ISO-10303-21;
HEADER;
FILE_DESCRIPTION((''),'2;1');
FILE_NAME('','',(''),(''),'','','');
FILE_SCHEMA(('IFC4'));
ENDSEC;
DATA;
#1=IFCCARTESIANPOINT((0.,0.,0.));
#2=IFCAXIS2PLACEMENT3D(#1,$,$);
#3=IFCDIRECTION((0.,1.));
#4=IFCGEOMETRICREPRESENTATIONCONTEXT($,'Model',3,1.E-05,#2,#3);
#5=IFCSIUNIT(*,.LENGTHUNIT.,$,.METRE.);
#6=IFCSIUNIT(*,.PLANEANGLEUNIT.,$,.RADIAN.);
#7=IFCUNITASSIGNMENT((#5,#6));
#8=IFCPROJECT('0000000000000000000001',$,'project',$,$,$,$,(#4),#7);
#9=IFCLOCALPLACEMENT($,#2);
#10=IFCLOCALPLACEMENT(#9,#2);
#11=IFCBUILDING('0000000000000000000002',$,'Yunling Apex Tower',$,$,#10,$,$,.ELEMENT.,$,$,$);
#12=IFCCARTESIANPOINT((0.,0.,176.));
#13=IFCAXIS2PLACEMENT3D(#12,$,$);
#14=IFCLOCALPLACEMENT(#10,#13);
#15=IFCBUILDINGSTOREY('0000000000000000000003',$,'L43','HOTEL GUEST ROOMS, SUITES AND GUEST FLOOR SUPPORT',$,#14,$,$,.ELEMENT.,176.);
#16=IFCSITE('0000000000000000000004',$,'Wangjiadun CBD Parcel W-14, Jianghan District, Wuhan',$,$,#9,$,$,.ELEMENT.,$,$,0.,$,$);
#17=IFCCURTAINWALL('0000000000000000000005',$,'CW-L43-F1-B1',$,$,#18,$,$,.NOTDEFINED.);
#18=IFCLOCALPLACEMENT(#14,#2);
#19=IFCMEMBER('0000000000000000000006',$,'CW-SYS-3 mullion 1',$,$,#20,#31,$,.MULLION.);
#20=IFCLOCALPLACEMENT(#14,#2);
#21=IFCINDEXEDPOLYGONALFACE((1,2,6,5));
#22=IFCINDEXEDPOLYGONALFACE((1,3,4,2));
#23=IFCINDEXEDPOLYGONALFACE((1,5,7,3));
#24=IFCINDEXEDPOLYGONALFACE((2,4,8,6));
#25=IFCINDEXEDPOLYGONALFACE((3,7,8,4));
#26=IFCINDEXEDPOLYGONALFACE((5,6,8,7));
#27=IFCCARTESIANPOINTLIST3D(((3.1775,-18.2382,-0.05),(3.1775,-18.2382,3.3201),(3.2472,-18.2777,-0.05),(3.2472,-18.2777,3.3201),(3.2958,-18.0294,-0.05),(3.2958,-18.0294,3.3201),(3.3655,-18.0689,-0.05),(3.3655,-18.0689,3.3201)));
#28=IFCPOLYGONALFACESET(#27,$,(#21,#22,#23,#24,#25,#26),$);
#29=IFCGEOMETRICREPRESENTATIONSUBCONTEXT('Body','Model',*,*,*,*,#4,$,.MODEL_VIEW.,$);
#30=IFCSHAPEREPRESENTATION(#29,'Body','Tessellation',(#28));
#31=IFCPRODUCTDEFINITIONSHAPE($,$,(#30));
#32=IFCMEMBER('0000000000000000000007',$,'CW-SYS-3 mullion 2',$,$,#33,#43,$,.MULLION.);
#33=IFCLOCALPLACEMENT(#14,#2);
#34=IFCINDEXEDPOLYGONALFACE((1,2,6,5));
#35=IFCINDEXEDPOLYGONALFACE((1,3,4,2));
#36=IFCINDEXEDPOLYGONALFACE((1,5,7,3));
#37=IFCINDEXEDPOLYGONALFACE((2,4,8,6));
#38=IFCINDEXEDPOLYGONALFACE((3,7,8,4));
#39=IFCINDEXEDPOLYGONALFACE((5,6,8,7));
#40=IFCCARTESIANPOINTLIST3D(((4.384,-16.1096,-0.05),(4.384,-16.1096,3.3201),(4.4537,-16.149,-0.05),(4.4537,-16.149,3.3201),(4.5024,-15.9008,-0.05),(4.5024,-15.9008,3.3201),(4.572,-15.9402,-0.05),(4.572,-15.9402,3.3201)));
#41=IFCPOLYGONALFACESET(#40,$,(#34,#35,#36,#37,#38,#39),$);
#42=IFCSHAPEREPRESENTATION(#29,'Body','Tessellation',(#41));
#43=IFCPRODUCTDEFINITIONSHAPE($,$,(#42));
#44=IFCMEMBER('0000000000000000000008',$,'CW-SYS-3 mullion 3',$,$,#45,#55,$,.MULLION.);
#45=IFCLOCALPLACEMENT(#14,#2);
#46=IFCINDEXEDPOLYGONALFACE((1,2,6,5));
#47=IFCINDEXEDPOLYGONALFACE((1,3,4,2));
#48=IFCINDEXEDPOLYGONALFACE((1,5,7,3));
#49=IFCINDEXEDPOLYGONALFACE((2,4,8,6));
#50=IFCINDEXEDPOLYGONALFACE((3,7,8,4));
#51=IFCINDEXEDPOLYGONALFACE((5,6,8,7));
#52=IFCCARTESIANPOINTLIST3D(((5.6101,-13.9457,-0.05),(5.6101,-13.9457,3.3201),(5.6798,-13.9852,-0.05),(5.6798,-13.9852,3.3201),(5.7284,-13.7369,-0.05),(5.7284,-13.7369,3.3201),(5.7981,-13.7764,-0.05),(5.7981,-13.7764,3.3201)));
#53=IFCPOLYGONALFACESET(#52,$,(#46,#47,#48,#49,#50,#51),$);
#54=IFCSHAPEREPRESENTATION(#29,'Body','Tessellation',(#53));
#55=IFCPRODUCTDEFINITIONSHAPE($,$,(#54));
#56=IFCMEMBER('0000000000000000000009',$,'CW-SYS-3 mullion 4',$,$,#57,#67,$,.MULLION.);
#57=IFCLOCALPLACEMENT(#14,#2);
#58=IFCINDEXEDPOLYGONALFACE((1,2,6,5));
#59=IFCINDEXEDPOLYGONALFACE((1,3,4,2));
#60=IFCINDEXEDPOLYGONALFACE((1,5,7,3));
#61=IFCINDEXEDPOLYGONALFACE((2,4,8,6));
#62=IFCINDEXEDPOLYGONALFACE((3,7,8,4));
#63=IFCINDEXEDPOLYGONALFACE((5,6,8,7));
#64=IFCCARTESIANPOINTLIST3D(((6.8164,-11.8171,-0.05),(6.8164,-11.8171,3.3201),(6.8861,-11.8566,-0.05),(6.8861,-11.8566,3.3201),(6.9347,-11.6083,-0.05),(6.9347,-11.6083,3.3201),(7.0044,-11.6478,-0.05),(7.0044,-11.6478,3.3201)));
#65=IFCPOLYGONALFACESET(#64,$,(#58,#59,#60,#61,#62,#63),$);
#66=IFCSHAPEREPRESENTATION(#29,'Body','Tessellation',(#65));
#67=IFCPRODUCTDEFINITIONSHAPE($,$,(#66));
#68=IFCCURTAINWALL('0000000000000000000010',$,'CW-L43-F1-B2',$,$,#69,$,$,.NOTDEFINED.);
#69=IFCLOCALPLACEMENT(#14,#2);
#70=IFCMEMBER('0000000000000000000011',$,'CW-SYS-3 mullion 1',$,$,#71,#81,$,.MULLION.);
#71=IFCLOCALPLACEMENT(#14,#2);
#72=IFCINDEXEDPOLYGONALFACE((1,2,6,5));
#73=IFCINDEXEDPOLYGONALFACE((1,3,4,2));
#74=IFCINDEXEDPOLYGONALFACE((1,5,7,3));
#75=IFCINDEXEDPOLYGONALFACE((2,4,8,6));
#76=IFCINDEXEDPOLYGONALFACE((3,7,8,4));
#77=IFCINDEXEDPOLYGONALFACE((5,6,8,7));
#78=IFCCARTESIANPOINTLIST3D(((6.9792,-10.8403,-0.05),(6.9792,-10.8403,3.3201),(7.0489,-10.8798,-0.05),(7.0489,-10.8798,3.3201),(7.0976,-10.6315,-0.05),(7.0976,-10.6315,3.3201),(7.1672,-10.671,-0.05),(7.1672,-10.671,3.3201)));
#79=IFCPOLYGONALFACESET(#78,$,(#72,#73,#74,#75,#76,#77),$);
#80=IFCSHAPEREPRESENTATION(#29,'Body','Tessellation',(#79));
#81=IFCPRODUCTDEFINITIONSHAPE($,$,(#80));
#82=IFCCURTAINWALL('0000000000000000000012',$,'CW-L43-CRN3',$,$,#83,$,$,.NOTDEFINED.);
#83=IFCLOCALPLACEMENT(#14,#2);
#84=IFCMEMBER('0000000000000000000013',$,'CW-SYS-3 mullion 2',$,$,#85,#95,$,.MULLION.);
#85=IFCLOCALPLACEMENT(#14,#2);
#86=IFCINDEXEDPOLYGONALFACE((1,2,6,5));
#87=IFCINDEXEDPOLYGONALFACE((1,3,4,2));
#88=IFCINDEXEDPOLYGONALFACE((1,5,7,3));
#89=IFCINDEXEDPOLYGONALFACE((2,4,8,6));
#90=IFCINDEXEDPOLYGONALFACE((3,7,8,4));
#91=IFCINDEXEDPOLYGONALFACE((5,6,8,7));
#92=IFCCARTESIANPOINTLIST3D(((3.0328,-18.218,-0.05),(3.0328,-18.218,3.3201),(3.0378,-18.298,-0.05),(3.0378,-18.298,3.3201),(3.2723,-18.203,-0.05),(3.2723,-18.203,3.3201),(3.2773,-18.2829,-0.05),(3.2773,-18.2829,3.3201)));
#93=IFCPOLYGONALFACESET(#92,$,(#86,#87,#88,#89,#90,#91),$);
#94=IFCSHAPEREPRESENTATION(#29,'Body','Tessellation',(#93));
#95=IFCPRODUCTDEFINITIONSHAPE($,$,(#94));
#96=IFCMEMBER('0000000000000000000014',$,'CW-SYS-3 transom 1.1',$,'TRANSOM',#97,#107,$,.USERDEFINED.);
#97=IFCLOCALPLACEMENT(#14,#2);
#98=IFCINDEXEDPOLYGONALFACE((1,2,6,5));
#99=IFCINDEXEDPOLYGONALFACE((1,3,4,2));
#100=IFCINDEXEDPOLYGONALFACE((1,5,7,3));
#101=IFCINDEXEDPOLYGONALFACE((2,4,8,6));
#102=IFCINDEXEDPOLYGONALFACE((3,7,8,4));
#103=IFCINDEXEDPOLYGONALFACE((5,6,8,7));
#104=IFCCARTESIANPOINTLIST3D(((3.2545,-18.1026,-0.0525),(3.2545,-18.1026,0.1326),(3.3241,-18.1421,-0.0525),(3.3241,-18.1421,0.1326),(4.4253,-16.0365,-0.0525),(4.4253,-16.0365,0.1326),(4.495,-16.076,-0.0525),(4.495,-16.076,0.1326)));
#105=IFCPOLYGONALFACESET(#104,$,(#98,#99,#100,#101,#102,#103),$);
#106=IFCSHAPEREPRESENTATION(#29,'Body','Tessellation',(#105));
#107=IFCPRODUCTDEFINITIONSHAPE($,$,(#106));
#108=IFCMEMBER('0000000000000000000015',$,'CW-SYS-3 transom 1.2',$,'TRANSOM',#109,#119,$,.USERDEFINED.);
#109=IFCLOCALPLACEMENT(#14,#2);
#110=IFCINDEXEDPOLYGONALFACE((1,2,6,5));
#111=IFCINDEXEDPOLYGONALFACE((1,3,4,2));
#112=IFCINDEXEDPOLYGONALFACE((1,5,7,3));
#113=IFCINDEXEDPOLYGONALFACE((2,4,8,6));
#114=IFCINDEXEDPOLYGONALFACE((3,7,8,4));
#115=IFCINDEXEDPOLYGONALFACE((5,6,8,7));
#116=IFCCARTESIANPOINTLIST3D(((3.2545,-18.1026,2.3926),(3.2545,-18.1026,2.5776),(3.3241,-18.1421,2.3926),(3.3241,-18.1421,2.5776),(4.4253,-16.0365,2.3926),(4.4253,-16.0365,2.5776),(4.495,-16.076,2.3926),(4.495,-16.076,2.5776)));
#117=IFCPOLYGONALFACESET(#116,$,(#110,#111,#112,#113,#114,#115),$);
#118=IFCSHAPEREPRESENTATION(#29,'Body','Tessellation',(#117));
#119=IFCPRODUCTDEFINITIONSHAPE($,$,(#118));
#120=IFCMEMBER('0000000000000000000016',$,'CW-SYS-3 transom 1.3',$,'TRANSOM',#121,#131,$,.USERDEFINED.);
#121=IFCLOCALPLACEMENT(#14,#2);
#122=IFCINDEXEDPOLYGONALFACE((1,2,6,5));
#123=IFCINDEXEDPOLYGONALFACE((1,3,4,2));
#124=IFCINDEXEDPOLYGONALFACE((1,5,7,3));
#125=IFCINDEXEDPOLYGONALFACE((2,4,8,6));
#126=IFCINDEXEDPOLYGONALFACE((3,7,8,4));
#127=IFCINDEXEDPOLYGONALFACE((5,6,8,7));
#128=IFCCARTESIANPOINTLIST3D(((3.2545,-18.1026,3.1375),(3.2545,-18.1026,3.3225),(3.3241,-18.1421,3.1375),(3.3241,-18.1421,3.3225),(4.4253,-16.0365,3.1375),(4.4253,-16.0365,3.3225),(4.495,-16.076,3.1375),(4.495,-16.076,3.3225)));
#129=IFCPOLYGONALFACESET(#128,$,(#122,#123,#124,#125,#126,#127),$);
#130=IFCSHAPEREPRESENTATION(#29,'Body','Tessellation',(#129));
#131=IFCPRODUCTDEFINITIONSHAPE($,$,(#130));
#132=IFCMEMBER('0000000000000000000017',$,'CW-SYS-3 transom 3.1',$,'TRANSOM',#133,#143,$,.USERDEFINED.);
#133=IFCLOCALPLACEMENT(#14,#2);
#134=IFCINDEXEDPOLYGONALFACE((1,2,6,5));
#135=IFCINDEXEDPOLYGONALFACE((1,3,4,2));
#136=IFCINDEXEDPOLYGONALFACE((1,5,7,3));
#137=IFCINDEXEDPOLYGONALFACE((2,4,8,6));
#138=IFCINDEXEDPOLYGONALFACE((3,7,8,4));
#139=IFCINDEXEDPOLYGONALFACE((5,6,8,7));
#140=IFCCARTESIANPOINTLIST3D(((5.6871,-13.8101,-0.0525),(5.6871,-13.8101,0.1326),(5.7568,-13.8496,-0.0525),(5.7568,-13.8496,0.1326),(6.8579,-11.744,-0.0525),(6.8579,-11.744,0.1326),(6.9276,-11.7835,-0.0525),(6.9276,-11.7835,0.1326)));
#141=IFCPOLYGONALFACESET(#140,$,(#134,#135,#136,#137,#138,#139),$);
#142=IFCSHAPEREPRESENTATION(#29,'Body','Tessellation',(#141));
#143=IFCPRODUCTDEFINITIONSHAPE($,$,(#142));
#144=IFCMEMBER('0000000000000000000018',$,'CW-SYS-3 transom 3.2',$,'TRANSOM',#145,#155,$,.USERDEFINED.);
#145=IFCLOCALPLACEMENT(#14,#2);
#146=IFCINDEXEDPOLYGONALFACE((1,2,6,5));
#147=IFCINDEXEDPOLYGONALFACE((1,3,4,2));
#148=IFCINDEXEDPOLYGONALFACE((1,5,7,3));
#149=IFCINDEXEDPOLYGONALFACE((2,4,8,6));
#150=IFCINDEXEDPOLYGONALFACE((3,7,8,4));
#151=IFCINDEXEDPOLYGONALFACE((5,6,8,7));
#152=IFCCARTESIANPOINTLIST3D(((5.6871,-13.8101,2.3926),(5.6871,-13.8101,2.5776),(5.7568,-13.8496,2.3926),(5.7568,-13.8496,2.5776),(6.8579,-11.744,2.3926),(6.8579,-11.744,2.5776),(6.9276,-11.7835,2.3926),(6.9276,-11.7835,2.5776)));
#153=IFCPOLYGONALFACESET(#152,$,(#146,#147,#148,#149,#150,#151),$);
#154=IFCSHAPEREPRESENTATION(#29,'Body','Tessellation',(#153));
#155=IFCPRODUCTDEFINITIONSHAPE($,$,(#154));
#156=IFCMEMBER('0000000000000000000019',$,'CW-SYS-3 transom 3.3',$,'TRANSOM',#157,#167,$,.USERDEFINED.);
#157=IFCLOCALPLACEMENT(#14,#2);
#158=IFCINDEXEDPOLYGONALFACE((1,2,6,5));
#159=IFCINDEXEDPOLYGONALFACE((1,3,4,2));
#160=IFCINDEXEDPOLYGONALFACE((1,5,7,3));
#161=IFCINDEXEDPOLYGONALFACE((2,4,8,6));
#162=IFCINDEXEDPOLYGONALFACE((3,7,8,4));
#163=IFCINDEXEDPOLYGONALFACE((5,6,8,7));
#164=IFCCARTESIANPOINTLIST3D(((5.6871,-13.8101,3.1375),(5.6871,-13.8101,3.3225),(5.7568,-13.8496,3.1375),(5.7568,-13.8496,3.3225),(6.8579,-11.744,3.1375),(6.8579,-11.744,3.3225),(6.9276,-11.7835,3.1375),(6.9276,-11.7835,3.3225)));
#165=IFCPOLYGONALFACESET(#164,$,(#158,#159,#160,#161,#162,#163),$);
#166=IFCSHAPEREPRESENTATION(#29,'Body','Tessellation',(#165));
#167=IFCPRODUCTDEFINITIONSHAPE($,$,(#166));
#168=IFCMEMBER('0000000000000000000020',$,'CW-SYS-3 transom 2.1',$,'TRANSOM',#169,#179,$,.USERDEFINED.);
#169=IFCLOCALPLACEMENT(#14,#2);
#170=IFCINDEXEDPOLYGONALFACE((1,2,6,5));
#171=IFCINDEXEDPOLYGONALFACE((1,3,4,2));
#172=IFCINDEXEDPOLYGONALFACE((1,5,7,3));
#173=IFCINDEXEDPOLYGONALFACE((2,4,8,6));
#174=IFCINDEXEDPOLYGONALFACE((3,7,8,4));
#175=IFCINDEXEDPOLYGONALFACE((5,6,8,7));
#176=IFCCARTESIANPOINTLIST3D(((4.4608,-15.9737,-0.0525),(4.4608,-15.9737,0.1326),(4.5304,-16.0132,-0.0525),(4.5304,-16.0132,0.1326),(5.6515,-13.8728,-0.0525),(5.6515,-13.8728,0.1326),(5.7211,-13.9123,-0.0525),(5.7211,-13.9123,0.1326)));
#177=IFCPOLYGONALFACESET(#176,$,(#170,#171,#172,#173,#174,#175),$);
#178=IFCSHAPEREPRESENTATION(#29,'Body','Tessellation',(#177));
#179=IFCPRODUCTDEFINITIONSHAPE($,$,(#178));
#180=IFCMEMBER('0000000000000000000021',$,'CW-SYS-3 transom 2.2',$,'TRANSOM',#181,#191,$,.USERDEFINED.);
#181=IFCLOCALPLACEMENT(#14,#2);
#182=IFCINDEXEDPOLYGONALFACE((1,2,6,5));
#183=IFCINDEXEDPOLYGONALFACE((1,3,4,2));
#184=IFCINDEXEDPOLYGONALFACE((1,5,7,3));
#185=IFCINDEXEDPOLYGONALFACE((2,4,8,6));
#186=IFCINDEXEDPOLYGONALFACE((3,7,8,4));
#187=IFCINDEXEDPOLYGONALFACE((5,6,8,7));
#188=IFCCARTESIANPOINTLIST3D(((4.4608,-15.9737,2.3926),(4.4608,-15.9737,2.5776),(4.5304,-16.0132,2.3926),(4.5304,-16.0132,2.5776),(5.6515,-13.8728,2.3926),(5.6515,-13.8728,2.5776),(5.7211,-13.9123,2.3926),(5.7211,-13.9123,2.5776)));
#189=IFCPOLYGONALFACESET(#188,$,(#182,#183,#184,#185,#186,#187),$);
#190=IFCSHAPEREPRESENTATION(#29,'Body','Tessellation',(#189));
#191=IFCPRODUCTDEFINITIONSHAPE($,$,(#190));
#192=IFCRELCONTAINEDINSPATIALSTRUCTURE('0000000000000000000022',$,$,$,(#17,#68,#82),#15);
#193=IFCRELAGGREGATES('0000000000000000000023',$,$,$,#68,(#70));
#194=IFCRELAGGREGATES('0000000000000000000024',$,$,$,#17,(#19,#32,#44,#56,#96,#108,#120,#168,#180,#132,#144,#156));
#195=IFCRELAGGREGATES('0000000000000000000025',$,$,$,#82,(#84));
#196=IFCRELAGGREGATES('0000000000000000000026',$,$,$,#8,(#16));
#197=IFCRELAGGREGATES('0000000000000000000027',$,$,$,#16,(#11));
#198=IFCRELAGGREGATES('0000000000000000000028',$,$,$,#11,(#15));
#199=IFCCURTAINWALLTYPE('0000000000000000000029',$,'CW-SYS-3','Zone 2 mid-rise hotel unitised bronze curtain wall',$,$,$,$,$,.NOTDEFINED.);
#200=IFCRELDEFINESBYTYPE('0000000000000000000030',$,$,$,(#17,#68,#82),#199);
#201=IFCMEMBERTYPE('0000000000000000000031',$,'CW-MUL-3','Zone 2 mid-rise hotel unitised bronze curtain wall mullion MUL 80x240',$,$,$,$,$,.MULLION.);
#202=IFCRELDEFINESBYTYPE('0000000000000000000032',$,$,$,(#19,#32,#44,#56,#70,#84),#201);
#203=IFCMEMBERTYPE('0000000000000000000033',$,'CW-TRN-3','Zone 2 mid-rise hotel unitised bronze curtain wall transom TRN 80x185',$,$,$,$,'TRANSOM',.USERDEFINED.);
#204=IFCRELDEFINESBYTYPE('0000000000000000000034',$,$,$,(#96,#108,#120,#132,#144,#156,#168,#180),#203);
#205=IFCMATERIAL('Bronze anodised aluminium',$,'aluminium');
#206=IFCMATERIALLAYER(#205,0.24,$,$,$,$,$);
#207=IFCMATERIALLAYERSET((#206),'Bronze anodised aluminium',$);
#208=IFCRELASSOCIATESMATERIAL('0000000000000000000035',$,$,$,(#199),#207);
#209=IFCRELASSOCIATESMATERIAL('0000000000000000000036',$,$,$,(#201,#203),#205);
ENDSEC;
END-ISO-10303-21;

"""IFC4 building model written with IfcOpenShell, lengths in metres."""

from ifc_helpers import new_model, si_unit, direction, frame, origin, origin_2d, place, context, subcontext, project, spatial, rectangle, extrude, source, transform, mapped, material, layer, layer_set, material_profile, profile_set, type_object, element, aggregate, save


model = new_model("IFC4")

# Units and contexts
model_context = context("Model", 3, precision=1e-05, world=origin(), true_north=direction((0.0, 1.0)))
body_context = subcontext(model_context, "Body", "Model", "MODEL_VIEW")
ifc_project = project(units=[si_unit("LENGTHUNIT", "METRE"), si_unit("PLANEANGLEUNIT", "RADIAN")], contexts=[model_context])

# Site, building, storey
site_placement = place(None, origin())
site = spatial("IfcSite", under=ifc_project, at=site_placement, Name="Wangjiadun CBD Parcel W-14, Jianghan District, Wuhan", CompositionType="ELEMENT", RefElevation=0.0)
building_placement = place(site_placement, origin())
building = spatial("IfcBuilding", under=site, at=building_placement, Name="Yunling Apex Tower", CompositionType="ELEMENT")
storey_placement = place(building_placement, frame((0.0, 0.0, 176.0)))
storey = spatial("IfcBuildingStorey", under=building, at=storey_placement, Name="L43", Description="HOTEL GUEST ROOMS, SUITES AND GUEST FLOOR SUPPORT", CompositionType="ELEMENT", Elevation=176.0)

# Curtain wall, members
ifc_material_1 = material(Name="Bronze anodised aluminium", Category="aluminium")
ifc_layer_1 = layer(ifc_material_1, 0.24)
ifc_layer_set_1 = layer_set([ifc_layer_1], Name="Bronze anodised aluminium")
curtain_wall_type = type_object("IfcCurtainWallType", Name="CW-SYS-3", Description="Zone 2 mid-rise hotel unitised bronze curtain wall", PredefinedType="NOTDEFINED", material=ifc_layer_set_1)
curtain_wall_1_placement = place(storey_placement, origin())
curtain_wall_1 = element("IfcCurtainWall", 1, at=curtain_wall_1_placement, inside=storey, type_object=curtain_wall_type, Name="CW-L43-F1-B1", PredefinedType="NOTDEFINED")
ifc_material_profile_1 = material_profile(ifc_material_1, rectangle(XDim=0.0801, YDim=0.24, at=origin_2d()))
ifc_profile_set_1 = profile_set([ifc_material_profile_1], Name="Bronze anodised aluminium")
member_type_1 = type_object("IfcMemberType", Name="CW-MUL-3", Description="Zone 2 mid-rise hotel unitised bronze curtain wall mullion MUL 80x240", PredefinedType="MULLION", material=ifc_profile_set_1)
shared_shape_1 = source(origin(), body_context, "Body", "SweptSolid", [
    extrude(rectangle(XDim=0.0801, YDim=0.24, at=origin_2d()), origin(), (0.0, 0.0, 1.0), 3.3701),
])
member_1_placement = place(storey_placement, frame((3.2715, -18.1536, -0.05), z_axis=(0.0, 0.0, 1.0), x_axis=(-0.870006, 0.493041, 0.0)))
member_1 = element("IfcMember", 2, at=member_1_placement, type_object=member_type_1, Name="CW-SYS-3 mullion 1", PredefinedType="MULLION", context=body_context, shape_type="MappedRepresentation", body=[
    mapped(shared_shape_1, transform((0.0, 0.0, 0.0), scale=1.0)),
])
member_2_placement = place(storey_placement, frame((4.478, -16.0249, -0.05), z_axis=(0.0, 0.0, 1.0), x_axis=(-0.870006, 0.493041, 0.0)))
member_2 = element("IfcMember", 3, at=member_2_placement, type_object=member_type_1, Name="CW-SYS-3 mullion 2", PredefinedType="MULLION", context=body_context, shape_type="MappedRepresentation", body=[
    mapped(shared_shape_1, transform((0.0, 0.0, 0.0), scale=1.0)),
])
member_3_placement = place(storey_placement, frame((5.7041, -13.8611, -0.05), z_axis=(0.0, 0.0, 1.0), x_axis=(-0.870006, 0.493041, 0.0)))
member_3 = element("IfcMember", 4, at=member_3_placement, type_object=member_type_1, Name="CW-SYS-3 mullion 3", PredefinedType="MULLION", context=body_context, shape_type="MappedRepresentation", body=[
    mapped(shared_shape_1, transform((0.0, 0.0, 0.0), scale=1.0)),
])
member_4_placement = place(storey_placement, frame((6.9104, -11.7324, -0.05), z_axis=(0.0, 0.0, 1.0), x_axis=(-0.870006, 0.493041, 0.0)))
member_4 = element("IfcMember", 5, at=member_4_placement, type_object=member_type_1, Name="CW-SYS-3 mullion 4", PredefinedType="MULLION", context=body_context, shape_type="MappedRepresentation", body=[
    mapped(shared_shape_1, transform((0.0, 0.0, 0.0), scale=1.0)),
])

# Curtain walls, members
curtain_wall_2_placement = place(storey_placement, origin())
curtain_wall_2 = element("IfcCurtainWall", 6, at=curtain_wall_2_placement, inside=storey, type_object=curtain_wall_type, Name="CW-L43-F1-B2", PredefinedType="NOTDEFINED")
member_5_placement = place(storey_placement, frame((7.0732, -10.7556, -0.05), z_axis=(0.0, 0.0, 1.0), x_axis=(-0.870003, 0.493047, 0.0)))
member_5 = element("IfcMember", 7, at=member_5_placement, type_object=member_type_1, Name="CW-SYS-3 mullion 1", PredefinedType="MULLION", context=body_context, shape_type="MappedRepresentation", body=[
    mapped(shared_shape_1, transform((0.0, 0.0, 0.0), scale=1.0)),
])
curtain_wall_3_placement = place(storey_placement, origin())
curtain_wall_3 = element("IfcCurtainWall", 8, at=curtain_wall_3_placement, inside=storey, type_object=curtain_wall_type, Name="CW-L43-CRN3", PredefinedType="NOTDEFINED")
member_6_placement = place(storey_placement, frame((3.155, -18.2505, -0.05), z_axis=(0.0, 0.0, 1.0), x_axis=(-0.062672, 0.998034, 0.0)))
member_6 = element("IfcMember", 9, at=member_6_placement, type_object=member_type_1, Name="CW-SYS-3 mullion 2", PredefinedType="MULLION", context=body_context, shape_type="MappedRepresentation", body=[
    mapped(shared_shape_1, transform((0.0, 0.0, 0.0), scale=1.0)),
])

# Members
ifc_material_profile_2 = material_profile(ifc_material_1, rectangle(XDim=0.0801, YDim=0.1851, at=origin_2d()))
ifc_profile_set_2 = profile_set([ifc_material_profile_2], Name="Bronze anodised aluminium")
member_type_2 = type_object("IfcMemberType", Name="CW-TRN-3", Description="Zone 2 mid-rise hotel unitised bronze curtain wall transom TRN 80x185", ElementType="TRANSOM", PredefinedType="USERDEFINED", material=ifc_profile_set_2)
shared_shape_2 = source(origin(), body_context, "Body", "SweptSolid", [
    extrude(rectangle(XDim=0.0801, YDim=0.1851, at=origin_2d()), origin(), (0.0, 0.0, 1.0), 2.3748),
])
member_7_placement = place(storey_placement, frame((3.2893, -18.1223, 0.04), z_axis=(0.493036, 0.870009, 0.0), x_axis=(-0.870009, 0.493036, 0.0)))
member_7 = element("IfcMember", 10, at=member_7_placement, type_object=member_type_2, Name="CW-SYS-3 transom 1.1", ObjectType="TRANSOM", PredefinedType="USERDEFINED", context=body_context, shape_type="MappedRepresentation", body=[
    mapped(shared_shape_2, transform((0.0, 0.0, 0.0), scale=1.0)),
])
member_8_placement = place(storey_placement, frame((3.2893, -18.1223, 2.4851), z_axis=(0.493036, 0.870009, 0.0), x_axis=(-0.870009, 0.493036, 0.0)))
member_8 = element("IfcMember", 11, at=member_8_placement, type_object=member_type_2, Name="CW-SYS-3 transom 1.2", ObjectType="TRANSOM", PredefinedType="USERDEFINED", context=body_context, shape_type="MappedRepresentation", body=[
    mapped(shared_shape_2, transform((0.0, 0.0, 0.0), scale=1.0)),
])
member_9_placement = place(storey_placement, frame((3.2893, -18.1223, 3.23), z_axis=(0.493036, 0.870009, 0.0), x_axis=(-0.870009, 0.493036, 0.0)))
member_9 = element("IfcMember", 12, at=member_9_placement, type_object=member_type_2, Name="CW-SYS-3 transom 1.3", ObjectType="TRANSOM", PredefinedType="USERDEFINED", context=body_context, shape_type="MappedRepresentation", body=[
    mapped(shared_shape_2, transform((0.0, 0.0, 0.0), scale=1.0)),
])
member_10_placement = place(storey_placement, frame((5.7219, -13.8298, 0.04), z_axis=(0.493036, 0.870009, 0.0), x_axis=(-0.870009, 0.493036, 0.0)))
member_10 = element("IfcMember", 13, at=member_10_placement, type_object=member_type_2, Name="CW-SYS-3 transom 3.1", ObjectType="TRANSOM", PredefinedType="USERDEFINED", context=body_context, shape_type="MappedRepresentation", body=[
    mapped(shared_shape_2, transform((0.0, 0.0, 0.0), scale=1.0)),
])
member_11_placement = place(storey_placement, frame((5.7219, -13.8298, 2.4851), z_axis=(0.493036, 0.870009, 0.0), x_axis=(-0.870009, 0.493036, 0.0)))
member_11 = element("IfcMember", 14, at=member_11_placement, type_object=member_type_2, Name="CW-SYS-3 transom 3.2", ObjectType="TRANSOM", PredefinedType="USERDEFINED", context=body_context, shape_type="MappedRepresentation", body=[
    mapped(shared_shape_2, transform((0.0, 0.0, 0.0), scale=1.0)),
])
member_12_placement = place(storey_placement, frame((5.7219, -13.8298, 3.23), z_axis=(0.493036, 0.870009, 0.0), x_axis=(-0.870009, 0.493036, 0.0)))
member_12 = element("IfcMember", 15, at=member_12_placement, type_object=member_type_2, Name="CW-SYS-3 transom 3.3", ObjectType="TRANSOM", PredefinedType="USERDEFINED", context=body_context, shape_type="MappedRepresentation", body=[
    mapped(shared_shape_2, transform((0.0, 0.0, 0.0), scale=1.0)),
])
shared_shape_3 = source(origin(), body_context, "Body", "SweptSolid", [
    extrude(rectangle(XDim=0.0801, YDim=0.1851, at=origin_2d()), origin(), (0.0, 0.0, 1.0), 2.4148),
])
member_13_placement = place(storey_placement, frame((4.4956, -15.9934, 0.04), z_axis=(0.493076, 0.869986, 0.0), x_axis=(-0.869986, 0.493076, 0.0)))
member_13 = element("IfcMember", 16, at=member_13_placement, type_object=member_type_2, Name="CW-SYS-3 transom 2.1", ObjectType="TRANSOM", PredefinedType="USERDEFINED", context=body_context, shape_type="MappedRepresentation", body=[
    mapped(shared_shape_3, transform((0.0, 0.0, 0.0), scale=1.0)),
])
member_14_placement = place(storey_placement, frame((4.4956, -15.9934, 2.4851), z_axis=(0.493076, 0.869986, 0.0), x_axis=(-0.869986, 0.493076, 0.0)))
member_14 = element("IfcMember", 17, at=member_14_placement, type_object=member_type_2, Name="CW-SYS-3 transom 2.2", ObjectType="TRANSOM", PredefinedType="USERDEFINED", context=body_context, shape_type="MappedRepresentation", body=[
    mapped(shared_shape_3, transform((0.0, 0.0, 0.0), scale=1.0)),
])
aggregate(curtain_wall_2, [member_5])

aggregate(curtain_wall_1, [member_1, member_2, member_3, member_4, member_7, member_8, member_9, member_13, member_14, member_10, member_11, member_12])
aggregate(curtain_wall_3, [member_6])

save(model, "model.ifc")
